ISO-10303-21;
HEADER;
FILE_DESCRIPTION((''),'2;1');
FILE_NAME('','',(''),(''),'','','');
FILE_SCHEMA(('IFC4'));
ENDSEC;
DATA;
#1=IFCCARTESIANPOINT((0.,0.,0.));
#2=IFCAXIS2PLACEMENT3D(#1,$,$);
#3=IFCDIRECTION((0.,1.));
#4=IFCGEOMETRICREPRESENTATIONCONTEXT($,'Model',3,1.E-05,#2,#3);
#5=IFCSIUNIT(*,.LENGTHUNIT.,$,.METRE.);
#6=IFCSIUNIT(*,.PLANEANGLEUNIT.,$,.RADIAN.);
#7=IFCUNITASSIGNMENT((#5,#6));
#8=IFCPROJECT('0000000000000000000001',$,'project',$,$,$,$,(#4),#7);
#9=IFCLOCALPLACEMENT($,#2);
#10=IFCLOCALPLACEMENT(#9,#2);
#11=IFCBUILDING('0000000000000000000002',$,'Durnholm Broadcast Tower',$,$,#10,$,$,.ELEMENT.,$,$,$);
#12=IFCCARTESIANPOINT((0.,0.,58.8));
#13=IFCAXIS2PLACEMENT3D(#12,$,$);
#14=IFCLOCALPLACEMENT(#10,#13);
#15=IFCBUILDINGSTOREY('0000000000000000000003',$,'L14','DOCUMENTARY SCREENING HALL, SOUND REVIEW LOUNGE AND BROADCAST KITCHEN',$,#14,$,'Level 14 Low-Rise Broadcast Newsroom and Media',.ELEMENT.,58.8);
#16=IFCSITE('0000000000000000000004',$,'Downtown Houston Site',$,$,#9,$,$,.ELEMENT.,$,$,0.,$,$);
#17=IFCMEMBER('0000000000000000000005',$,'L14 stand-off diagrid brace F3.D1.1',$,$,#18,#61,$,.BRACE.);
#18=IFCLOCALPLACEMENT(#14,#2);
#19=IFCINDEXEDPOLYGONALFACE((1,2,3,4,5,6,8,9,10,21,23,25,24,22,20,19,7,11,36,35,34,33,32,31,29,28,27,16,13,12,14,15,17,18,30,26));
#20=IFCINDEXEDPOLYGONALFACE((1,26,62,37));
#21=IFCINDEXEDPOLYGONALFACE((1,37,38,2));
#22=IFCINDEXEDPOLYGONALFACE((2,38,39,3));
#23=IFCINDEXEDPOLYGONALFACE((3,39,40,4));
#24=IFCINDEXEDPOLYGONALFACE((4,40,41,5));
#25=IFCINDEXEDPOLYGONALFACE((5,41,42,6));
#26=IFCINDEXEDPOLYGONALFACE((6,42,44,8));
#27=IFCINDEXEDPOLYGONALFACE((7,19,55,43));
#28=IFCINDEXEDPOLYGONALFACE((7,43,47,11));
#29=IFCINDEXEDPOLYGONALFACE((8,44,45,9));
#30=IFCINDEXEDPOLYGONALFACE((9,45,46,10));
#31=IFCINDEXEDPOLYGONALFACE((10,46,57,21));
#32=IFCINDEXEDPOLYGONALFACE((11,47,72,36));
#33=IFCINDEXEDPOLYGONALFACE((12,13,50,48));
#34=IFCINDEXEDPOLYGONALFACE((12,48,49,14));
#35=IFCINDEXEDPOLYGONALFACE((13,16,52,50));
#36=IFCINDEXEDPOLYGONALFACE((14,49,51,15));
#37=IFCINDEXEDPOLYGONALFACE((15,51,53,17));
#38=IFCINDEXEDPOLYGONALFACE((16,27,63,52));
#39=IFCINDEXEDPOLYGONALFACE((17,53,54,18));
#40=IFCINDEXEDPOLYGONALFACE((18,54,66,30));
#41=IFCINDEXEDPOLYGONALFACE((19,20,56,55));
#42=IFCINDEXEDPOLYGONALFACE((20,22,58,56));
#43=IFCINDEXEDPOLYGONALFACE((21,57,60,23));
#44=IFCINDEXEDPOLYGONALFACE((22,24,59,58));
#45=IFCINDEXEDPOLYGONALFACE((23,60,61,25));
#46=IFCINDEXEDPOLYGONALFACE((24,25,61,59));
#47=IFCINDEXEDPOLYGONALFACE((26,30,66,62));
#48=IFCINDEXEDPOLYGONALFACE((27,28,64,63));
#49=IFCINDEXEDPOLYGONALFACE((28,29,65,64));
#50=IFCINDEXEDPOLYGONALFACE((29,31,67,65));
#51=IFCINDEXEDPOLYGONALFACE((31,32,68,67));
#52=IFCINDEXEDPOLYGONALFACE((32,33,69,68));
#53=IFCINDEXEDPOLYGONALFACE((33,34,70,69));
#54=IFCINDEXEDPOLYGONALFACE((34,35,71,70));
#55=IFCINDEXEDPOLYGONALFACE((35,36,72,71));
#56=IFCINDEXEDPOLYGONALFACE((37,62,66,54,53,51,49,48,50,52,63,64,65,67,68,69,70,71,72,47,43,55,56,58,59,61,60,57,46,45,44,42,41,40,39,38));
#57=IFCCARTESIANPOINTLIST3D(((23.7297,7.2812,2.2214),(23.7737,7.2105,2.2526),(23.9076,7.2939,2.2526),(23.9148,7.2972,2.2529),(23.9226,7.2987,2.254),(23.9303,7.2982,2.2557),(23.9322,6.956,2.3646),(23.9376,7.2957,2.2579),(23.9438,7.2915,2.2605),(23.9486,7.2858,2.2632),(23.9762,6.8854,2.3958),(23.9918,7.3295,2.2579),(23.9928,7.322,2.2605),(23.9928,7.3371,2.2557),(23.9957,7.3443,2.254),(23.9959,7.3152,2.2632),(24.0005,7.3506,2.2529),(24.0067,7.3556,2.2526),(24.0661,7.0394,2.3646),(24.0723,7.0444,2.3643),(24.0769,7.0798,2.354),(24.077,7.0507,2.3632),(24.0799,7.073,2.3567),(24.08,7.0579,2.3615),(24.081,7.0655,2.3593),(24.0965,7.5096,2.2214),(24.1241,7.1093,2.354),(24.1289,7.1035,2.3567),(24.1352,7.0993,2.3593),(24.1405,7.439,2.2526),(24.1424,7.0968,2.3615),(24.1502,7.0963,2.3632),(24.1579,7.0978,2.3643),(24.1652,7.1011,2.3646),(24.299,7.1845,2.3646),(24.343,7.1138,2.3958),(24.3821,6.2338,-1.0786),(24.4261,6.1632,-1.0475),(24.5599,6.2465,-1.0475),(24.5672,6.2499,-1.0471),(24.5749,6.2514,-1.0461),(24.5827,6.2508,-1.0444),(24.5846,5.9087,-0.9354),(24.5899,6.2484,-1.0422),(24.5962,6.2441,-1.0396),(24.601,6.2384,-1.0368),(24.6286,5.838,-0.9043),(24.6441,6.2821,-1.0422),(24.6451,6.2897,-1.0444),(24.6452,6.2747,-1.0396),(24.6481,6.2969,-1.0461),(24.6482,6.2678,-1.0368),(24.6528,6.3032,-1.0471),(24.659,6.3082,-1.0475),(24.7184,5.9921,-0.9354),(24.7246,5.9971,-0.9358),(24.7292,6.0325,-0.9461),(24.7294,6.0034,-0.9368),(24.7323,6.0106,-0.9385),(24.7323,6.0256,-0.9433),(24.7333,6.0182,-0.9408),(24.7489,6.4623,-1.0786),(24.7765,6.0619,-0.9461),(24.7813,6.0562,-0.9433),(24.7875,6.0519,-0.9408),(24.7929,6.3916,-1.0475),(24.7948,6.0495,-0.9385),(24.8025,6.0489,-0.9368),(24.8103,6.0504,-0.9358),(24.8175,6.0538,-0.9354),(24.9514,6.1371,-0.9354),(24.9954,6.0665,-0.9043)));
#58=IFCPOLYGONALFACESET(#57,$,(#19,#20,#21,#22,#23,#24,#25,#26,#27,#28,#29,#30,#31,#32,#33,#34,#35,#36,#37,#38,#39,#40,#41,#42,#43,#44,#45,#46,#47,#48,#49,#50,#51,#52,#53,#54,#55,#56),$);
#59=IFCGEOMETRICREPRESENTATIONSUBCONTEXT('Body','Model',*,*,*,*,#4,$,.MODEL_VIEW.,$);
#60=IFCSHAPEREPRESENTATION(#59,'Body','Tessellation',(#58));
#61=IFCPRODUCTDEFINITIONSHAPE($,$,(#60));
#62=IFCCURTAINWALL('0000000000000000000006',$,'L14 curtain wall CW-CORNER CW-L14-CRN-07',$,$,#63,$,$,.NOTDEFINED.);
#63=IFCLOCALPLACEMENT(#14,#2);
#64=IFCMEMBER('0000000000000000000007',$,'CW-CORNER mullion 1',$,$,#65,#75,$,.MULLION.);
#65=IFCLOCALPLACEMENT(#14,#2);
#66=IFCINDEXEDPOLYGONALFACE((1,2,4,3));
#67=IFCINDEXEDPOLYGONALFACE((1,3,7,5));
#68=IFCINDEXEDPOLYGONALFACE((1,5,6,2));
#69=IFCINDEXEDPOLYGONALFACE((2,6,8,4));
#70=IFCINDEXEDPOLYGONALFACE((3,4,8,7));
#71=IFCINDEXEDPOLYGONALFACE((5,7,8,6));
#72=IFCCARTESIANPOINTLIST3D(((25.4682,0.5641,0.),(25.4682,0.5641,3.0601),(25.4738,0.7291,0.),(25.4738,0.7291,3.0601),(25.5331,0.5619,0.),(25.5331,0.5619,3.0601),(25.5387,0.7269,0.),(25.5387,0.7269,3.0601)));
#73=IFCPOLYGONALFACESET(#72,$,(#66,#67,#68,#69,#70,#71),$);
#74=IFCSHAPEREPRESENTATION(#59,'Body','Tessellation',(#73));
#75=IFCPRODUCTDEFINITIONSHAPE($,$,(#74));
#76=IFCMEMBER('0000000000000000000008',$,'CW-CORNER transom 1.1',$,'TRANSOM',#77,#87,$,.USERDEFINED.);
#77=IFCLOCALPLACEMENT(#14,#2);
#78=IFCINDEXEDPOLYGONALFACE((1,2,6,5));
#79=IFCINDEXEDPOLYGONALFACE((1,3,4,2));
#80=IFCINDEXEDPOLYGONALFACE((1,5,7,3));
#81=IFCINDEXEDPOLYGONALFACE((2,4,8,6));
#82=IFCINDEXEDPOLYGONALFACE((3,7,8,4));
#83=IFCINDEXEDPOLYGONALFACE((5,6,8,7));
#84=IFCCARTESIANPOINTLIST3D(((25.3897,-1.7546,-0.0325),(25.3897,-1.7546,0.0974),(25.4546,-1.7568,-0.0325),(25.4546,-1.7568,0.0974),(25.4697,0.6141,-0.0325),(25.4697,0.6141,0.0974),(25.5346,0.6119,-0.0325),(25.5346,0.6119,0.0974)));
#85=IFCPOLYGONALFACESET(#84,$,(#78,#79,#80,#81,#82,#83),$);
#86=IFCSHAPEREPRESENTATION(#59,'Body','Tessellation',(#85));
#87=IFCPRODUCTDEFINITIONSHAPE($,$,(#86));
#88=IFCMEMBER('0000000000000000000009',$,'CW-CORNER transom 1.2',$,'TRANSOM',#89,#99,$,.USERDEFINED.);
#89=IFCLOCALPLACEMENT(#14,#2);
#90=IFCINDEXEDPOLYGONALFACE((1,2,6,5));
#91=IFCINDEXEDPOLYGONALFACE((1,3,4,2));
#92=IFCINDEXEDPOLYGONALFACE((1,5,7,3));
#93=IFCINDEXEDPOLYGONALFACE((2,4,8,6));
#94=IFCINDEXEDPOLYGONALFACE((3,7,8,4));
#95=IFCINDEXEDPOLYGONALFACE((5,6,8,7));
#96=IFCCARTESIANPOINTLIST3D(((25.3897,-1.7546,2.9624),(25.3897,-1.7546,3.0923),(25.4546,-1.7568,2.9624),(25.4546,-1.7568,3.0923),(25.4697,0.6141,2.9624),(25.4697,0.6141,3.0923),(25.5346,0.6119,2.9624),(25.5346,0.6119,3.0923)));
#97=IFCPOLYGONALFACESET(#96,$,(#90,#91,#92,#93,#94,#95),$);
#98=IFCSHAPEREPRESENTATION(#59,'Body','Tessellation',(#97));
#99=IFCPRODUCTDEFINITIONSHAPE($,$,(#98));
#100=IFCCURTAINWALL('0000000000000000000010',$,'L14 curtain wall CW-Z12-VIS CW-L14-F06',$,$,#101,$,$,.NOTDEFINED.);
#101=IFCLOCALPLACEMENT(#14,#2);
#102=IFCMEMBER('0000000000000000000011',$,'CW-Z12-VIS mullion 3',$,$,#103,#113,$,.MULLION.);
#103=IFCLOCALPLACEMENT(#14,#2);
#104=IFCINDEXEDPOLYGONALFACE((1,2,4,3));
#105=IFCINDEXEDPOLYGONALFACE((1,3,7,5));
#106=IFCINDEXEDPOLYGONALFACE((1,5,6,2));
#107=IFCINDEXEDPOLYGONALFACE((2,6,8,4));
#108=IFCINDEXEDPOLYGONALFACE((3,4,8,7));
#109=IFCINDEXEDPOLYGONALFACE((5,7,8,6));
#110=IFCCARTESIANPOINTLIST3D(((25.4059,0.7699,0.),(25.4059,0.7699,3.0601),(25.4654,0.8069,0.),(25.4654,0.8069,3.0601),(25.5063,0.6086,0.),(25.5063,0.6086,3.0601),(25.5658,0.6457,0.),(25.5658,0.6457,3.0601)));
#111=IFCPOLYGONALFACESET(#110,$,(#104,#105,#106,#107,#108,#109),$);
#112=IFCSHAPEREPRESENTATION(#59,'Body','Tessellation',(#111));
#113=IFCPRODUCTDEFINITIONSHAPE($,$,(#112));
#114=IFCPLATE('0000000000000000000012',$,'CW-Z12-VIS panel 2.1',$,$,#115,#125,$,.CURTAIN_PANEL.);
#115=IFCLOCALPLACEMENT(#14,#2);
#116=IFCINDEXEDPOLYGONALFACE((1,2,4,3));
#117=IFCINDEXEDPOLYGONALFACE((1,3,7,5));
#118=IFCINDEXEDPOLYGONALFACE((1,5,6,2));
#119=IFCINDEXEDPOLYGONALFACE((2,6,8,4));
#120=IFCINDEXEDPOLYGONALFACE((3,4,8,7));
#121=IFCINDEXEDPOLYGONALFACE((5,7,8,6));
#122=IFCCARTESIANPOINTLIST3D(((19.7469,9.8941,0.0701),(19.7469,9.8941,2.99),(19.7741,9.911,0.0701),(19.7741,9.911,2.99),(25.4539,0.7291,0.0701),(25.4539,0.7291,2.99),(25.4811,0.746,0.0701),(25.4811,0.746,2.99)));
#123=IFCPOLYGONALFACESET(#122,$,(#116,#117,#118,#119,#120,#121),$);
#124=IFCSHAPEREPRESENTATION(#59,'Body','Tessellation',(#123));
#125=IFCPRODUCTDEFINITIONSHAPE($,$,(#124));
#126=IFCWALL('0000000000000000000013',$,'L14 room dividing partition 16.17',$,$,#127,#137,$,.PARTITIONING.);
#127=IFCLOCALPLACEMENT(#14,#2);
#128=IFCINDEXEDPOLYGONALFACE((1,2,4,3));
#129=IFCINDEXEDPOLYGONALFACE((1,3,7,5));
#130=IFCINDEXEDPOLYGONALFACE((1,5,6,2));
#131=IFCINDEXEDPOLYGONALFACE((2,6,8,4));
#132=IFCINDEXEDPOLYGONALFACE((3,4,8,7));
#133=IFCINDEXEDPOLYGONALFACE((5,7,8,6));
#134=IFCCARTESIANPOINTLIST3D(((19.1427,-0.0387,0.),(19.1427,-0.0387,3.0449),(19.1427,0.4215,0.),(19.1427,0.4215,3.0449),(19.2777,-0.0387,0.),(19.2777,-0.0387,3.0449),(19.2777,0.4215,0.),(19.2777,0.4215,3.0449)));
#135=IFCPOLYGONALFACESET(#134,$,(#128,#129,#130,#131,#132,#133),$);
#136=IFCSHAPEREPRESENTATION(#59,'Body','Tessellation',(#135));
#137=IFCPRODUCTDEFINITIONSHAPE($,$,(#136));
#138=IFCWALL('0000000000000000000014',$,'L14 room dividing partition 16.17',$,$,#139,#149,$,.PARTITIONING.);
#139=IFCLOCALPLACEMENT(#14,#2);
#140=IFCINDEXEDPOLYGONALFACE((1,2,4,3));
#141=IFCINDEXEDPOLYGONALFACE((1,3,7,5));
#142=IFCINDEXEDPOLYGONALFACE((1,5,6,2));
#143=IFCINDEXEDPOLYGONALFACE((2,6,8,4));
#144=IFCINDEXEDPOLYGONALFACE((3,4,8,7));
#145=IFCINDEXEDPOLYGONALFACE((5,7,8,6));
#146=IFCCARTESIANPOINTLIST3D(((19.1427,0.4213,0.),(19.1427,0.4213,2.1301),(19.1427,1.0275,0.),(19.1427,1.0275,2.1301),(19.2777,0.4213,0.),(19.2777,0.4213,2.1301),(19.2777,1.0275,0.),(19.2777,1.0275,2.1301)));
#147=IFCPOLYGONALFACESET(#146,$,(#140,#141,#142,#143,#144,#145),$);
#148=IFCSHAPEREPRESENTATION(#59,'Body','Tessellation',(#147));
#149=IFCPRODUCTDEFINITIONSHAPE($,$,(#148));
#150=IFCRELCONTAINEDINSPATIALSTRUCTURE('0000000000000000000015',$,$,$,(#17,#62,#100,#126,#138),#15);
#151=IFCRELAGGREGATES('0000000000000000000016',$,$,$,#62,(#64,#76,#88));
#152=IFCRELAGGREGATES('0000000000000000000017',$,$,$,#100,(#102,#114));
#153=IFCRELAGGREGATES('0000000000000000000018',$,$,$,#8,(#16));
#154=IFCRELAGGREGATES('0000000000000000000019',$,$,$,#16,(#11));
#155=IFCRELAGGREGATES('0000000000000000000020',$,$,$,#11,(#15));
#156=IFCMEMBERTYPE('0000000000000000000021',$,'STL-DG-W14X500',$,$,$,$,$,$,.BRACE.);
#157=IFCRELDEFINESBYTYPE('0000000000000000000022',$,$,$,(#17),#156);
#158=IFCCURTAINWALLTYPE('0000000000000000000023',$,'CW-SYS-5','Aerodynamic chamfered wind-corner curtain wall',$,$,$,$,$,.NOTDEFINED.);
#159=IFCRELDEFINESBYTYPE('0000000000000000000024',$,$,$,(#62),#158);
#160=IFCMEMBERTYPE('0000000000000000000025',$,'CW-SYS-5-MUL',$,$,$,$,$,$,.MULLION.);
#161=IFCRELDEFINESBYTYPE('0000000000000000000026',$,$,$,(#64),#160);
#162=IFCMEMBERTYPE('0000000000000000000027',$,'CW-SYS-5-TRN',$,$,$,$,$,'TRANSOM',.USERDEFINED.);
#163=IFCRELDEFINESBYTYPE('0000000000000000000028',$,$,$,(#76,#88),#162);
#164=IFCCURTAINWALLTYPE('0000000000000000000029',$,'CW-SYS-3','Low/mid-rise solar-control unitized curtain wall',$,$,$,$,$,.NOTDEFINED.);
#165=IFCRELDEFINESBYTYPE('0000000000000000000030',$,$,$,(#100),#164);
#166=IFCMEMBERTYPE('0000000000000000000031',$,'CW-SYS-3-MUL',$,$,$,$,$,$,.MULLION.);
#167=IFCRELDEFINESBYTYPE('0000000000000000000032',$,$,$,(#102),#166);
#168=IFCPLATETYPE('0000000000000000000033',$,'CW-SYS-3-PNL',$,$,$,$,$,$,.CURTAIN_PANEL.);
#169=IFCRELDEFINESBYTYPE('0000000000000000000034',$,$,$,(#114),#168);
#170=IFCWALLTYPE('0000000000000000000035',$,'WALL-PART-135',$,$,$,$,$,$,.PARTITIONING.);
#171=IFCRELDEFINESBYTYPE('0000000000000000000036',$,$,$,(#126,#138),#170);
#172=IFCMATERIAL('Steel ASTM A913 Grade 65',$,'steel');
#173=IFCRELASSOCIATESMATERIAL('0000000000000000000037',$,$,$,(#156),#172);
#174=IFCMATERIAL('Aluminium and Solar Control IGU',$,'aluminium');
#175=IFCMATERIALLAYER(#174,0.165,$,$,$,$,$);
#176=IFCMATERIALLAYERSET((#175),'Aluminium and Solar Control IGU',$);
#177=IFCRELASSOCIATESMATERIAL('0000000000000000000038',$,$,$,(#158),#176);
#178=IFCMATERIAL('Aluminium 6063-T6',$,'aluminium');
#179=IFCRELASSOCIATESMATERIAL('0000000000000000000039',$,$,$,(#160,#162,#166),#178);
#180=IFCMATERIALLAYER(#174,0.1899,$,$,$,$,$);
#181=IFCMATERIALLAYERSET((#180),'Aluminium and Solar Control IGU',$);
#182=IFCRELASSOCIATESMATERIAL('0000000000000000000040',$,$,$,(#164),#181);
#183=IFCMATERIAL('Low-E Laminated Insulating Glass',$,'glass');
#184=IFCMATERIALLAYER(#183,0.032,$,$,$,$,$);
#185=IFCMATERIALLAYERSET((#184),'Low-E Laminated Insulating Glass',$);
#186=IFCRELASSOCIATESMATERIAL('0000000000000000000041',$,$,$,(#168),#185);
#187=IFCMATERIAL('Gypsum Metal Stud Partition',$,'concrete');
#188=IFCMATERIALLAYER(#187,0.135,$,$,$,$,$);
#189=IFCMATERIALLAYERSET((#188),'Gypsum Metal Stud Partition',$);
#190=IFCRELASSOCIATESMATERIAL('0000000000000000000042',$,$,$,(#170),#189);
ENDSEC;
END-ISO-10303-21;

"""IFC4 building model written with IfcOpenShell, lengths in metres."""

from ifc_helpers import new_model, si_unit, direction, frame, frame_2d, origin, origin_2d, place, context, subcontext, project, spatial, rectangle, i_section, extrude, source, transform, mapped, material, layer, layer_set, material_profile, profile_set, type_object, type_shapes, element, aggregate, save


model = new_model("IFC4")

# Units and contexts
model_context = context("Model", 3, precision=1e-05, world=origin(), true_north=direction((0.0, 1.0)))
body_context = subcontext(model_context, "Body", "Model", "MODEL_VIEW")
ifc_project = project(units=[si_unit("LENGTHUNIT", "METRE"), si_unit("PLANEANGLEUNIT", "RADIAN")], contexts=[model_context])

# Site, building, storey
site_placement = place(None, origin())
site = spatial("IfcSite", under=ifc_project, at=site_placement, Name="Downtown Houston Site", CompositionType="ELEMENT", RefElevation=0.0)
building_placement = place(site_placement, origin())
building = spatial("IfcBuilding", under=site, at=building_placement, Name="Durnholm Broadcast Tower", CompositionType="ELEMENT")
storey_placement = place(building_placement, frame((0.0, 0.0, 58.8)))
storey = spatial("IfcBuildingStorey", under=building, at=storey_placement, Name="L14", Description="DOCUMENTARY SCREENING HALL, SOUND REVIEW LOUNGE AND BROADCAST KITCHEN", LongName="Level 14 Low-Rise Broadcast Newsroom and Media", CompositionType="ELEMENT", Elevation=58.8)

# Member
ifc_material_1 = material(Name="Steel ASTM A913 Grade 65", Category="steel")
ifc_material_profile_1 = material_profile(ifc_material_1, i_section(OverallWidth=0.4321, OverallDepth=0.4978, WebThickness=0.0557, FlangeThickness=0.0889, FilletRadius=0.0305, at=origin_2d()), Name="W14X500")
ifc_profile_set_1 = profile_set([ifc_material_profile_1], Name="Steel ASTM A913 Grade 65")
member_type_1 = type_object("IfcMemberType", Name="STL-DG-W14X500", PredefinedType="BRACE", material=ifc_profile_set_1)
shared_shape_1 = source(origin(), body_context, "Body", "SweptSolid", [
    extrude(i_section(OverallWidth=0.4321, OverallDepth=0.4978, WebThickness=0.0557, FlangeThickness=0.0889, FilletRadius=0.0305, at=origin_2d()), origin(), (0.0, 0.0, 1.0), 3.5232),
])
type_shapes(member_type_1, [shared_shape_1])
member_1_placement = place(storey_placement, frame((24.6887, 6.1501, -0.9915), z_axis=(-0.185157, 0.297277, 0.936666), x_axis=(-0.84882, -0.528682, 0.0)))
element("IfcMember", 1, at=member_1_placement, inside=storey, type_object=member_type_1, Name="L14 stand-off diagrid brace F3.D1.1", PredefinedType="BRACE", context=body_context, shape_type="MappedRepresentation", body=[
    mapped(shared_shape_1, transform((0.0, 0.0, 0.0), x_axis=(1.0, 0.0, 0.0), y_axis=(0.0, 1.0, 0.0), z_axis=(0.0, 0.0, 1.0), scale=1.0)),
])

# Curtain wall, members
ifc_material_2 = material(Name="Aluminium and Solar Control IGU", Category="aluminium")
ifc_layer_1 = layer(ifc_material_2, 0.165)
ifc_layer_set_1 = layer_set([ifc_layer_1], Name="Aluminium and Solar Control IGU")
curtain_wall_type_1 = type_object("IfcCurtainWallType", Name="CW-SYS-5", Description="Aerodynamic chamfered wind-corner curtain wall", PredefinedType="NOTDEFINED", material=ifc_layer_set_1)
curtain_wall_1_placement = place(storey_placement, origin())
curtain_wall_1 = element("IfcCurtainWall", 2, at=curtain_wall_1_placement, inside=storey, type_object=curtain_wall_type_1, Name="L14 curtain wall CW-CORNER CW-L14-CRN-07", PredefinedType="NOTDEFINED")
ifc_material_3 = material(Name="Aluminium 6063-T6", Category="aluminium")
ifc_material_profile_2 = material_profile(ifc_material_3, rectangle(XDim=0.0649, YDim=0.165, at=origin_2d()), Name="CWM65X165")
ifc_profile_set_2 = profile_set([ifc_material_profile_2], Name="Aluminium 6063-T6")
member_type_2 = type_object("IfcMemberType", Name="CW-SYS-5-MUL", PredefinedType="MULLION", material=ifc_profile_set_2)
shared_shape_2 = source(origin(), body_context, "Body", "SweptSolid", [
    extrude(rectangle(XDim=0.0649, YDim=0.165, at=origin_2d()), origin(), (0.0, 0.0, 1.0), 3.0601),
])
type_shapes(member_type_2, [shared_shape_2])
member_2_placement = place(storey_placement, frame((25.5034, 0.6455, 0.0), z_axis=(0.0, 0.0, 1.0), x_axis=(0.999427, -0.03384, 0.0)))
member_2 = element("IfcMember", 3, at=member_2_placement, type_object=member_type_2, Name="CW-CORNER mullion 1", PredefinedType="MULLION", context=body_context, shape_type="MappedRepresentation", body=[
    mapped(shared_shape_2, transform((0.0, 0.0, 0.0), x_axis=(1.0, 0.0, 0.0), y_axis=(0.0, 1.0, 0.0), z_axis=(0.0, 0.0, 1.0), scale=1.0)),
])
ifc_material_profile_3 = material_profile(ifc_material_3, rectangle(XDim=0.0649, YDim=0.1299, at=origin_2d()), Name="CWT65X130")
ifc_profile_set_3 = profile_set([ifc_material_profile_3], Name="Aluminium 6063-T6")
member_type_3 = type_object("IfcMemberType", Name="CW-SYS-5-TRN", ElementType="TRANSOM", PredefinedType="USERDEFINED", material=ifc_profile_set_3)
shared_shape_3 = source(origin(), body_context, "Body", "SweptSolid", [
    extrude(rectangle(XDim=0.0649, YDim=0.1299, at=origin_2d()), origin(), (0.0, 0.0, 1.0), 2.3701),
])
type_shapes(member_type_3, [shared_shape_3])
member_3_placement = place(storey_placement, frame((25.5022, 0.613, 0.0325), z_axis=(-0.033788, -0.999429, 0.0), x_axis=(0.999429, -0.033788, 0.0)))
member_3 = element("IfcMember", 4, at=member_3_placement, type_object=member_type_3, Name="CW-CORNER transom 1.1", ObjectType="TRANSOM", PredefinedType="USERDEFINED", context=body_context, shape_type="MappedRepresentation", body=[
    mapped(shared_shape_3, transform((0.0, 0.0, 0.0), x_axis=(1.0, 0.0, 0.0), y_axis=(0.0, 1.0, 0.0), z_axis=(0.0, 0.0, 1.0), scale=1.0)),
])
member_4_placement = place(storey_placement, frame((25.5022, 0.613, 3.0273), z_axis=(-0.033788, -0.999429, 0.0), x_axis=(0.999429, -0.033788, 0.0)))
member_4 = element("IfcMember", 5, at=member_4_placement, type_object=member_type_3, Name="CW-CORNER transom 1.2", ObjectType="TRANSOM", PredefinedType="USERDEFINED", context=body_context, shape_type="MappedRepresentation", body=[
    mapped(shared_shape_3, transform((0.0, 0.0, 0.0), x_axis=(1.0, 0.0, 0.0), y_axis=(0.0, 1.0, 0.0), z_axis=(0.0, 0.0, 1.0), scale=1.0)),
])
aggregate(curtain_wall_1, [member_2, member_3, member_4])

# Curtain wall, member, plate
ifc_layer_2 = layer(ifc_material_2, 0.1899)
ifc_layer_set_2 = layer_set([ifc_layer_2], Name="Aluminium and Solar Control IGU")
curtain_wall_type_2 = type_object("IfcCurtainWallType", Name="CW-SYS-3", Description="Low/mid-rise solar-control unitized curtain wall", PredefinedType="NOTDEFINED", material=ifc_layer_set_2)
curtain_wall_2_placement = place(storey_placement, origin())
curtain_wall_2 = element("IfcCurtainWall", 6, at=curtain_wall_2_placement, inside=storey, type_object=curtain_wall_type_2, Name="L14 curtain wall CW-Z12-VIS CW-L14-F06", PredefinedType="NOTDEFINED")
ifc_material_profile_4 = material_profile(ifc_material_3, rectangle(XDim=0.0701, YDim=0.1899, at=origin_2d()), Name="CWM70X190")
ifc_profile_set_4 = profile_set([ifc_material_profile_4], Name="Aluminium 6063-T6")
member_type_4 = type_object("IfcMemberType", Name="CW-SYS-3-MUL", PredefinedType="MULLION", material=ifc_profile_set_4)
shared_shape_4 = source(origin(), body_context, "Body", "SweptSolid", [
    extrude(rectangle(XDim=0.0701, YDim=0.1899, at=origin_2d()), origin(), (0.0, 0.0, 1.0), 3.0601),
])
type_shapes(member_type_4, [shared_shape_4])
member_5_placement = place(storey_placement, frame((25.4858, 0.7078, 0.0), z_axis=(0.0, 0.0, 1.0), x_axis=(0.848876, 0.528592, 0.0)))
member_5 = element("IfcMember", 7, at=member_5_placement, type_object=member_type_4, Name="CW-Z12-VIS mullion 3", PredefinedType="MULLION", context=body_context, shape_type="MappedRepresentation", body=[
    mapped(shared_shape_4, transform((0.0, 0.0, 0.0), x_axis=(1.0, 0.0, 0.0), y_axis=(0.0, 1.0, 0.0), z_axis=(0.0, 0.0, 1.0), scale=1.0)),
])
ifc_material_4 = material(Name="Low-E Laminated Insulating Glass", Category="glass")
ifc_layer_3 = layer(ifc_material_4, 0.032)
ifc_layer_set_3 = layer_set([ifc_layer_3], Name="Low-E Laminated Insulating Glass")
plate_type = type_object("IfcPlateType", Name="CW-SYS-3-PNL", PredefinedType="CURTAIN_PANEL", material=ifc_layer_set_3)
shared_shape_5 = source(origin(), body_context, "Body", "SweptSolid", [
    extrude(rectangle(XDim=10.7966, YDim=0.032, at=origin_2d()), origin(), (0.0, 0.0, 1.0), 2.9199),
])
type_shapes(plate_type, [shared_shape_5])
plate_placement = place(storey_placement, frame((22.614, 5.3201, 0.0701), z_axis=(0.0, 0.0, 1.0), x_axis=(0.528592, -0.848876, 0.0)))
plate = element("IfcPlate", 8, at=plate_placement, type_object=plate_type, Name="CW-Z12-VIS panel 2.1", PredefinedType="CURTAIN_PANEL", context=body_context, shape_type="MappedRepresentation", body=[
    mapped(shared_shape_5, transform((0.0, 0.0, 0.0), x_axis=(1.0, 0.0, 0.0), y_axis=(0.0, 1.0, 0.0), z_axis=(0.0, 0.0, 1.0), scale=1.0)),
])
aggregate(curtain_wall_2, [member_5, plate])

# Walls
ifc_material_5 = material(Name="Gypsum Metal Stud Partition", Category="concrete")
ifc_layer_4 = layer(ifc_material_5, 0.135)
ifc_layer_set_4 = layer_set([ifc_layer_4], Name="Gypsum Metal Stud Partition")
wall_type_1 = type_object("IfcWallType", Name="WALL-PART-135", PredefinedType="PARTITIONING", material=ifc_layer_set_4)
wall_1_placement = place(storey_placement, frame((19.2102, 0.4214, 0.0), z_axis=(0.0, 0.0, 1.0), x_axis=(0.0, -1.0, 0.0)))
element("IfcWall", 9, at=wall_1_placement, inside=storey, type_object=wall_type_1, Name="L14 room dividing partition 16.17", PredefinedType="PARTITIONING", context=body_context, shape_type="SweptSolid", body=[
    extrude(rectangle(XDim=0.4602, YDim=0.135, at=frame_2d((0.23, 0.0))), origin(), (0.0, 0.0, 1.0), 3.0449),
])
wall_2_placement = place(storey_placement, frame((19.2102, 1.0276, 0.0), z_axis=(0.0, 0.0, 1.0), x_axis=(0.0, -1.0, 0.0)))
element("IfcWall", 10, at=wall_2_placement, inside=storey, type_object=wall_type_1, Name="L14 room dividing partition 16.17", PredefinedType="PARTITIONING", context=body_context, shape_type="SweptSolid", body=[
    extrude(rectangle(XDim=0.6062, YDim=0.135, at=frame_2d((0.3032, 0.0))), origin(), (0.0, 0.0, 1.0), 2.1301),
])

save(model, "model.ifc")
